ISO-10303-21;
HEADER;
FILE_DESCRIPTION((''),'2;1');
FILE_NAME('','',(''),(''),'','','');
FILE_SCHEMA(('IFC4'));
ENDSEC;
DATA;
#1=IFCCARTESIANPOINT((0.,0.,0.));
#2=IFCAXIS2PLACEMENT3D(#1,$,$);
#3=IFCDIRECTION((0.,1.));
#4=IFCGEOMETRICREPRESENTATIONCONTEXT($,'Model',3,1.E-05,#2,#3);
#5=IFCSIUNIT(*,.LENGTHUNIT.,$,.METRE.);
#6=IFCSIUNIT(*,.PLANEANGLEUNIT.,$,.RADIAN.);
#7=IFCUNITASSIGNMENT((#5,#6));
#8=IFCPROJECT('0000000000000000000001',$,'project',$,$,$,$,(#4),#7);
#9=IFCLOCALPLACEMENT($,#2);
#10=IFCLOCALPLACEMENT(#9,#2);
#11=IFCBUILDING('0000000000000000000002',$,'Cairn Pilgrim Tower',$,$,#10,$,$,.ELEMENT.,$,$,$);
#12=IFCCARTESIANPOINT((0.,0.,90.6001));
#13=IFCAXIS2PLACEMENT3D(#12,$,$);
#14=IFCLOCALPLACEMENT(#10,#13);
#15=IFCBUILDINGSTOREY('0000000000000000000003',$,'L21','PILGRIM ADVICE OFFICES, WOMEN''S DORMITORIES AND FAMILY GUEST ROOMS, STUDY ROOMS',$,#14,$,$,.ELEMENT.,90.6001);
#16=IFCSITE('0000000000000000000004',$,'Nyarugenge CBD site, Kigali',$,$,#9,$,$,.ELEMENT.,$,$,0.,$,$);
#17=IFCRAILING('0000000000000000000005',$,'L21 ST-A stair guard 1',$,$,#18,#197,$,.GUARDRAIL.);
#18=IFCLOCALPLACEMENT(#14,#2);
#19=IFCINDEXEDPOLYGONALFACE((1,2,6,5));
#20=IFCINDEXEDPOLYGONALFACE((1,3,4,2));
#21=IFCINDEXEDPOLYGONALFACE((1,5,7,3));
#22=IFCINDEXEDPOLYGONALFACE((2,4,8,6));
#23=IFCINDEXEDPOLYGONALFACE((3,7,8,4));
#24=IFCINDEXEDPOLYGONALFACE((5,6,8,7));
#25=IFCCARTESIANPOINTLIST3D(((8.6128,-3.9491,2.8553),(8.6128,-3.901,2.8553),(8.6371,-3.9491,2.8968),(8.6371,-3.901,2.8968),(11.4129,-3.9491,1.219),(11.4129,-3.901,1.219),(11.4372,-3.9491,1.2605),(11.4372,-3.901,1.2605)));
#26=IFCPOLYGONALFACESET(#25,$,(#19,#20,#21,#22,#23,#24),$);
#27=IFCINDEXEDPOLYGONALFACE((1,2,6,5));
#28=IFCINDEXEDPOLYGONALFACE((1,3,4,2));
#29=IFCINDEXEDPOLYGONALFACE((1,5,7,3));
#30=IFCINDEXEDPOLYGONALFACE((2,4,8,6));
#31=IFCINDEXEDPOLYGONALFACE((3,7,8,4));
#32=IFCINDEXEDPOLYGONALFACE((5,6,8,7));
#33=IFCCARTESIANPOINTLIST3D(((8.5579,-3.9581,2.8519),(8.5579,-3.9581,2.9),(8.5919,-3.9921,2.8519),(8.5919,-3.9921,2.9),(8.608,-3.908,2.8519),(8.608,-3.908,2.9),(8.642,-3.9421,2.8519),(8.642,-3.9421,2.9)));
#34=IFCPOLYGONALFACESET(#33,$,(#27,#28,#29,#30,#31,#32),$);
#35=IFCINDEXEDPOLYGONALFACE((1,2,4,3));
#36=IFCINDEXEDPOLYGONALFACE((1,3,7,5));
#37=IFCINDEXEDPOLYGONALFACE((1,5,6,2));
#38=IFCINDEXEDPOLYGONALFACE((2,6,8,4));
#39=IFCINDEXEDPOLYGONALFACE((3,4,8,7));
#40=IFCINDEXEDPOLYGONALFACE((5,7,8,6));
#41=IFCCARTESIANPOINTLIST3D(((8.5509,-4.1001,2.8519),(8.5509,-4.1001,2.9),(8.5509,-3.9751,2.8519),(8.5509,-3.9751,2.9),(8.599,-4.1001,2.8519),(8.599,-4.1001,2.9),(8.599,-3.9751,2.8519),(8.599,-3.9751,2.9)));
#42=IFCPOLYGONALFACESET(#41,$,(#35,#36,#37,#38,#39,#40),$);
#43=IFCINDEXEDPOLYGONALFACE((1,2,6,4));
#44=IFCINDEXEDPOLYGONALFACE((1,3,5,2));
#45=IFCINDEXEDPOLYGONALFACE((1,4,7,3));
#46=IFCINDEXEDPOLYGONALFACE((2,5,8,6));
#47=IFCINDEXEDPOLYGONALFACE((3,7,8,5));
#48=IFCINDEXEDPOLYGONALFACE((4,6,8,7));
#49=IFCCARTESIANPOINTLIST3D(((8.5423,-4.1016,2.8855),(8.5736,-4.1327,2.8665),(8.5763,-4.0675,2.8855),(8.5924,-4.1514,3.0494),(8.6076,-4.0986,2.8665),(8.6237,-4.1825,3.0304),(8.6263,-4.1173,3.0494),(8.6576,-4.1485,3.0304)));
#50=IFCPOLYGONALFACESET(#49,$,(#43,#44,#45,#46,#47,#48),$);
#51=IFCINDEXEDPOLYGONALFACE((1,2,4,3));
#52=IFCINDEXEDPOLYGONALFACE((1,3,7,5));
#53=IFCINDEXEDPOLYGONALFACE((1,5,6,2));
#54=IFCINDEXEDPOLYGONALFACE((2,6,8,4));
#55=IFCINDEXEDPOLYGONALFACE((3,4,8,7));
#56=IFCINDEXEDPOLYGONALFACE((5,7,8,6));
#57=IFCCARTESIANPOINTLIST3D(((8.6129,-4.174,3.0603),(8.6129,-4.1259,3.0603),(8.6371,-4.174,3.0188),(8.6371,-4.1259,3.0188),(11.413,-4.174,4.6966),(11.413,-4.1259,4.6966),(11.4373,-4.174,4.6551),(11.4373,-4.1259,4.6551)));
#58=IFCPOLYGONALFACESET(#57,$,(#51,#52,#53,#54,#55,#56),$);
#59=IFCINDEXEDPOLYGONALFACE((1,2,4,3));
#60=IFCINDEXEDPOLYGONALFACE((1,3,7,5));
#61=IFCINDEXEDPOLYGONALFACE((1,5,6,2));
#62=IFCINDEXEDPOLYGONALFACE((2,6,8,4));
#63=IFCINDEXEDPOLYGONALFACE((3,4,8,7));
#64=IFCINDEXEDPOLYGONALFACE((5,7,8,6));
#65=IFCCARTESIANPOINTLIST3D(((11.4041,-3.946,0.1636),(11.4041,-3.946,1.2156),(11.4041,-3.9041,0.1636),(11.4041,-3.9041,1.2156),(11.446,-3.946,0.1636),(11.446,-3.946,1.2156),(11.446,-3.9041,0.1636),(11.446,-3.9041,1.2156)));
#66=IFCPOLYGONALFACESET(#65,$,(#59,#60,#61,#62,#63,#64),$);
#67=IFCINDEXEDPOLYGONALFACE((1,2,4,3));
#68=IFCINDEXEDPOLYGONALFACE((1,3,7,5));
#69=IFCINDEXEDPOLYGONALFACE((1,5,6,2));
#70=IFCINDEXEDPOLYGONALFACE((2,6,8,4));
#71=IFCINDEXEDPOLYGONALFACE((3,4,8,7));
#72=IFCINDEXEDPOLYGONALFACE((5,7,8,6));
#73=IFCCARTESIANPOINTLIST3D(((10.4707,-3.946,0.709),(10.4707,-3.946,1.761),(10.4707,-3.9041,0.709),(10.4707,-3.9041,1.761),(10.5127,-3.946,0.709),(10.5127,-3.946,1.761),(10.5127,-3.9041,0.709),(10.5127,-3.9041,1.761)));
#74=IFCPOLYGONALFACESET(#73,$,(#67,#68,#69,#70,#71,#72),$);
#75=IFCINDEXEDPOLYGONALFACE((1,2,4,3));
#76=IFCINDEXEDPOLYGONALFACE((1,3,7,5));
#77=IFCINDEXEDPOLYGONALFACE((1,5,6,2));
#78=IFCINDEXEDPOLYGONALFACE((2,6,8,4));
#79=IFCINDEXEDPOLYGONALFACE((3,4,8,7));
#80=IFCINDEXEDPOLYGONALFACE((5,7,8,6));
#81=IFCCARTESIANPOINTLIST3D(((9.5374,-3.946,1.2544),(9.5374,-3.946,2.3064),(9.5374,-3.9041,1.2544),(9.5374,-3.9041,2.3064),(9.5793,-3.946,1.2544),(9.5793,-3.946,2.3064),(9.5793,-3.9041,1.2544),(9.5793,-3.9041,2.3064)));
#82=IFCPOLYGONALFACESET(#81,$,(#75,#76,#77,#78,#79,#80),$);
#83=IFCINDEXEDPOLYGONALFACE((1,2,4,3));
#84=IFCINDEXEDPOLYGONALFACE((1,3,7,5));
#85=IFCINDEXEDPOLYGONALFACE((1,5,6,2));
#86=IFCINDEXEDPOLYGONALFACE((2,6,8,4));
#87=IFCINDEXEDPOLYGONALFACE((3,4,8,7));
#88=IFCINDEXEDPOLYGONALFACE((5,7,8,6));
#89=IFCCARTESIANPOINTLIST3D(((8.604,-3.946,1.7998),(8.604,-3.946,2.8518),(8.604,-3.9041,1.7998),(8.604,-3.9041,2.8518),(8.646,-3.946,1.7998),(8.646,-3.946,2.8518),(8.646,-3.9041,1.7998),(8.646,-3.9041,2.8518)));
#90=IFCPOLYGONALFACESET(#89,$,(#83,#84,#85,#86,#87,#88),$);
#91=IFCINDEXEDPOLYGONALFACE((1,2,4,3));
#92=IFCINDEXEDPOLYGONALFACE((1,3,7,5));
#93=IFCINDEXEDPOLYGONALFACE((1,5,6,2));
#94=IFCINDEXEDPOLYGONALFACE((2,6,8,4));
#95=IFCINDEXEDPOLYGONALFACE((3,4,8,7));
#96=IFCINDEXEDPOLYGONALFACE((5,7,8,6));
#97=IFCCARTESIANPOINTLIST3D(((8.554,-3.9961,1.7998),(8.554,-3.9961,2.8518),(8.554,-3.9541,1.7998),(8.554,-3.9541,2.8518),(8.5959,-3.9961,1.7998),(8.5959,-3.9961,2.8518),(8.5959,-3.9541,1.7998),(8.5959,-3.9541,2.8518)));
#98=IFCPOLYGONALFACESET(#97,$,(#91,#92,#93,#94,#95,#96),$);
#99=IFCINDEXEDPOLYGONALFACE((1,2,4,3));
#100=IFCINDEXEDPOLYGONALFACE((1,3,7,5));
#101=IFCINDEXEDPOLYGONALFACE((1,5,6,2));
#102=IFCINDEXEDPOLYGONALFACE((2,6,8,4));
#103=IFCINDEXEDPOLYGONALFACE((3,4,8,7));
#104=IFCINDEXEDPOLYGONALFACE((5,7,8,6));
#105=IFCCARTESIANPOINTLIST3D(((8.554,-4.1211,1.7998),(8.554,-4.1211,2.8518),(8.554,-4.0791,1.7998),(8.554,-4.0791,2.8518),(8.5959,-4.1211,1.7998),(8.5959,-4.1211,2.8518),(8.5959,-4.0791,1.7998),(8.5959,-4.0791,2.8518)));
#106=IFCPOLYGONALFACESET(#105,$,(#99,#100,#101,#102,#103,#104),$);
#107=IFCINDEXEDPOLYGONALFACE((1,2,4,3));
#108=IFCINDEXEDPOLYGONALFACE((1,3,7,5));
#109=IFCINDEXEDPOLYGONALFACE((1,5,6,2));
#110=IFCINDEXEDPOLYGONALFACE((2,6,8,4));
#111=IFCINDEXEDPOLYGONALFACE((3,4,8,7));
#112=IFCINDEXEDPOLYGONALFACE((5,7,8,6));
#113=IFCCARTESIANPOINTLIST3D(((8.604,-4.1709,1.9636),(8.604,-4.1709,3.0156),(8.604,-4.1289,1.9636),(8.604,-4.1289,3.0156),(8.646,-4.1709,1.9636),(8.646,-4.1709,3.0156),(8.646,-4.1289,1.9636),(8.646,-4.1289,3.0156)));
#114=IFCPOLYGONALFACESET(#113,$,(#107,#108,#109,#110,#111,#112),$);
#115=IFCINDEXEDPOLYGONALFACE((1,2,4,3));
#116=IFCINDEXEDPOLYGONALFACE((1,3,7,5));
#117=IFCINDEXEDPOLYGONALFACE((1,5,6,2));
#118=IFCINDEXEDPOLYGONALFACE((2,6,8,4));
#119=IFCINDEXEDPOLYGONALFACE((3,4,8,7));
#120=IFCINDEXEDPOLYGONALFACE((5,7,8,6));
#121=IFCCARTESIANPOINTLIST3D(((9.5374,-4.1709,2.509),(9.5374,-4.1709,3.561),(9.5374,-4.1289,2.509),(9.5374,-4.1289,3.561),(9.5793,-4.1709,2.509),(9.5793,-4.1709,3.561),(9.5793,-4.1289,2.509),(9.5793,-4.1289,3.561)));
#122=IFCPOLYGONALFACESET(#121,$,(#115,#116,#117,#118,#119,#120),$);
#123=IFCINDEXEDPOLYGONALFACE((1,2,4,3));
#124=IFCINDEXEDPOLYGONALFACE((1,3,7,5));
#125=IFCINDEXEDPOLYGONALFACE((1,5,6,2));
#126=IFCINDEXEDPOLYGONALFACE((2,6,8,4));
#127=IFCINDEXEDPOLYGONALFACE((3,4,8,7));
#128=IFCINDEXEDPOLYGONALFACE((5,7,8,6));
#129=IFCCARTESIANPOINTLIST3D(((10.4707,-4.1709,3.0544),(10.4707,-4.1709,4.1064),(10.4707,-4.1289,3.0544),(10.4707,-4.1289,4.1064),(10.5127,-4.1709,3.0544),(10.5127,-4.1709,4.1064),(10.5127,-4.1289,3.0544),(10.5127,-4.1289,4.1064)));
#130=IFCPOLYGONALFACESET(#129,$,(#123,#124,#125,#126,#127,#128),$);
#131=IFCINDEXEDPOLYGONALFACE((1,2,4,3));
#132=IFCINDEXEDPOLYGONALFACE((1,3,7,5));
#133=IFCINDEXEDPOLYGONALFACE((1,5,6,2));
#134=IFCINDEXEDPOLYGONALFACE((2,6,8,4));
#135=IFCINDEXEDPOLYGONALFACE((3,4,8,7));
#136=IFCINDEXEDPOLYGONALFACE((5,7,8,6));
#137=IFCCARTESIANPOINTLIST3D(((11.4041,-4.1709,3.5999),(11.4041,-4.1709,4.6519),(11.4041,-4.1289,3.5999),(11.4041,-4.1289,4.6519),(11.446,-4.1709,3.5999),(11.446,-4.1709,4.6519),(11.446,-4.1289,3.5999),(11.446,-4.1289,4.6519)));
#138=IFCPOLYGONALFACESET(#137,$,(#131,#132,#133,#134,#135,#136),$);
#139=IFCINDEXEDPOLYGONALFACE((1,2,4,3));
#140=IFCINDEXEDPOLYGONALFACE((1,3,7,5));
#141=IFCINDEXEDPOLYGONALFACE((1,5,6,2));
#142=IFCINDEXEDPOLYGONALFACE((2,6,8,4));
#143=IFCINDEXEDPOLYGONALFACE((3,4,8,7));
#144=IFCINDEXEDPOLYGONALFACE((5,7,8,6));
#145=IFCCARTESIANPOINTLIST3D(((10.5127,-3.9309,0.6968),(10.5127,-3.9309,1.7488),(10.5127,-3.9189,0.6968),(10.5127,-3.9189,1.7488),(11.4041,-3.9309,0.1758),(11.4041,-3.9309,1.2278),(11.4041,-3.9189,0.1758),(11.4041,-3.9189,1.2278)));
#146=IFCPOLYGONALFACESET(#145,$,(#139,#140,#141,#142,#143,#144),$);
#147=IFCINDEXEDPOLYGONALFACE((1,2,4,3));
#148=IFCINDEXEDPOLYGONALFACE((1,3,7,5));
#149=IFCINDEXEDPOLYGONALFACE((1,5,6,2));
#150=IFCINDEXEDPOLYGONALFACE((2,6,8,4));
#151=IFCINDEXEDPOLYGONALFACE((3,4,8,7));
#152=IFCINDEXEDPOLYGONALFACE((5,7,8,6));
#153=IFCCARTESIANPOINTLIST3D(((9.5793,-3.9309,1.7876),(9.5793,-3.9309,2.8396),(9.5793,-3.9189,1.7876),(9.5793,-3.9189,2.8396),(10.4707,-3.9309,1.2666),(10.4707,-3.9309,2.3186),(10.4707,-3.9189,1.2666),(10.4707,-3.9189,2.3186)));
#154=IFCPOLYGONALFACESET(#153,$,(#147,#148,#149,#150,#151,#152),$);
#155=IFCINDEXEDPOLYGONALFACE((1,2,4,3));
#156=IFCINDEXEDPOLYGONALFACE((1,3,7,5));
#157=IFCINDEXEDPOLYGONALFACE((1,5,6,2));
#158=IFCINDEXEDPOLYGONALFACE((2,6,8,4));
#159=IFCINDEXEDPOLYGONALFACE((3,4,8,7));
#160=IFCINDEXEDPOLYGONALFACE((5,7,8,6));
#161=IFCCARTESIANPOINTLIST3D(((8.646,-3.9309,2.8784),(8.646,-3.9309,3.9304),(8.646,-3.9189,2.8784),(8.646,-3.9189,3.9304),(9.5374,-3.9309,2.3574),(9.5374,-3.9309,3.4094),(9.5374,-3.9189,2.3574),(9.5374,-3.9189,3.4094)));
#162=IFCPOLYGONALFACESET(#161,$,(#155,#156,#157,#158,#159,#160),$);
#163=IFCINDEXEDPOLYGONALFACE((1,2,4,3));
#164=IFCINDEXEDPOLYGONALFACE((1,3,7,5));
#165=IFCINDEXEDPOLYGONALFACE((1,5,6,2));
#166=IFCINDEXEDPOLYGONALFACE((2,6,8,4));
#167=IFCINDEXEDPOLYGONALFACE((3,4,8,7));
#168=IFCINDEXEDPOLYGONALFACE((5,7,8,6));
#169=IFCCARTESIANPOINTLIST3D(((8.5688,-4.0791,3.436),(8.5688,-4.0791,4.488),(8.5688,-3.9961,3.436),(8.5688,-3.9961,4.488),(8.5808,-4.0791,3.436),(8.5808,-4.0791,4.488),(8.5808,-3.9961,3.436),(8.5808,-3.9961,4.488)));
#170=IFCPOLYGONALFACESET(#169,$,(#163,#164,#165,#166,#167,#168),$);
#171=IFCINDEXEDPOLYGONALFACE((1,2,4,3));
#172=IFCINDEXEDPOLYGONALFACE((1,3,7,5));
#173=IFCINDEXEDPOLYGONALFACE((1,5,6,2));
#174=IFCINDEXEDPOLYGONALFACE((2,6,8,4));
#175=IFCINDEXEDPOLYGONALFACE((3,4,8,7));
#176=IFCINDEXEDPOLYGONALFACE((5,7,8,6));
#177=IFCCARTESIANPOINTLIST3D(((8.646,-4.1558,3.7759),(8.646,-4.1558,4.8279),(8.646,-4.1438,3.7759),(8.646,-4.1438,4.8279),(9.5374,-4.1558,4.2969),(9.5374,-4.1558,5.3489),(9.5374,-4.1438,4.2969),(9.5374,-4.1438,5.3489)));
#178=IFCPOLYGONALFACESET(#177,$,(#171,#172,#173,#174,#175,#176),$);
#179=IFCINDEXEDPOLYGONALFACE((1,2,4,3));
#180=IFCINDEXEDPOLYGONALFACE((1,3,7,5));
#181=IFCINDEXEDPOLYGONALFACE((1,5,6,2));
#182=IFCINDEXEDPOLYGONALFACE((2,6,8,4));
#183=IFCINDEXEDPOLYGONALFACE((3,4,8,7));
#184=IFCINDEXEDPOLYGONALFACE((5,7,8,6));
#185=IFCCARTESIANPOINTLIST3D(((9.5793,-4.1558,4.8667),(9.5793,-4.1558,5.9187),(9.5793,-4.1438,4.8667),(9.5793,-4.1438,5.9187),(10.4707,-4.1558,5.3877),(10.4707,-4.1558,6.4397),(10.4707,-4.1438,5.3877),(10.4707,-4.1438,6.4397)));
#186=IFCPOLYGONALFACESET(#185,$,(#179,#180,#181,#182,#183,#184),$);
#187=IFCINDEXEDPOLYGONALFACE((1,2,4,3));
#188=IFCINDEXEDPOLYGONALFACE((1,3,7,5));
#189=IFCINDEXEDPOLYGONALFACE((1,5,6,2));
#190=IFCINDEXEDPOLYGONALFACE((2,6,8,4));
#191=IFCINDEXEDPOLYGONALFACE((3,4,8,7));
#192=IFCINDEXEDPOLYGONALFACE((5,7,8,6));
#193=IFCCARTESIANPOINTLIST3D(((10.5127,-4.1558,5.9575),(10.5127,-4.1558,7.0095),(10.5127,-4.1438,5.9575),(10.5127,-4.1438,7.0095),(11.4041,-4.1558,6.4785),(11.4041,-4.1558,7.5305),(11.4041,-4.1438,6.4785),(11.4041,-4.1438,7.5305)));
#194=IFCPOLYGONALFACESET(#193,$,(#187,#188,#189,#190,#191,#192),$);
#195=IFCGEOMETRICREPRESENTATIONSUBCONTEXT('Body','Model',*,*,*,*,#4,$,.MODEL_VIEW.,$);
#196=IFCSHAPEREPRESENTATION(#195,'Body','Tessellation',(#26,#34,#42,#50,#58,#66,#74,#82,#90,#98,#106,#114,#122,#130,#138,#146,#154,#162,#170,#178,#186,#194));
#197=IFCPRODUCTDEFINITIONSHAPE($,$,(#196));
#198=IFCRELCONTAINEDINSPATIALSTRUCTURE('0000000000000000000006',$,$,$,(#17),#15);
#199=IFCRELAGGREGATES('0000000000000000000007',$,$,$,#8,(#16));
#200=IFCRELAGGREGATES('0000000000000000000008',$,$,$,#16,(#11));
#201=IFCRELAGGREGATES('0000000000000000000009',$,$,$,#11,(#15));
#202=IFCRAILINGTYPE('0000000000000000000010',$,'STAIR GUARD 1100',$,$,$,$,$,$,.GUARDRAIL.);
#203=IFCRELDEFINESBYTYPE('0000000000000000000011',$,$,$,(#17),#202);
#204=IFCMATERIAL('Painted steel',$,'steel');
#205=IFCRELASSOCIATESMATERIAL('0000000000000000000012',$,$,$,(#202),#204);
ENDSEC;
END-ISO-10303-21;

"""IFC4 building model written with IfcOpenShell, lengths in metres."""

from ifc_helpers import new_model, si_unit, direction, frame, origin, origin_2d, place, context, subcontext, project, spatial, polyline, rectangle, outline, extrude, material, type_object, element, save


model = new_model("IFC4")

# Units and contexts
model_context = context("Model", 3, precision=1e-05, world=origin(), true_north=direction((0.0, 1.0)))
body_context = subcontext(model_context, "Body", "Model", "MODEL_VIEW")
ifc_project = project(units=[si_unit("LENGTHUNIT", "METRE"), si_unit("PLANEANGLEUNIT", "RADIAN")], contexts=[model_context])

# Site, building, storey
site_placement = place(None, origin())
site = spatial("IfcSite", under=ifc_project, at=site_placement, Name="Nyarugenge CBD site, Kigali", CompositionType="ELEMENT", RefElevation=0.0)
building_placement = place(site_placement, origin())
building = spatial("IfcBuilding", under=site, at=building_placement, Name="Cairn Pilgrim Tower", CompositionType="ELEMENT")
storey_placement = place(building_placement, frame((0.0, 0.0, 90.6001)))
storey = spatial("IfcBuildingStorey", under=building, at=storey_placement, Name="L21", Description="PILGRIM ADVICE OFFICES, WOMEN'S DORMITORIES AND FAMILY GUEST ROOMS, STUDY ROOMS", CompositionType="ELEMENT", Elevation=90.6001)

# Shared definitions
ifc_material_1 = material(Name="Painted steel", Category="steel")

# Railing
railing_type_1 = type_object("IfcRailingType", Name="STAIR GUARD 1100", PredefinedType="GUARDRAIL", material=ifc_material_1)
railing_1_placement = place(storey_placement, frame((11.425, -3.925, 0.1636)))
element("IfcRailing", 1, at=railing_1_placement, inside=storey, type_object=railing_type_1, Name="L21 ST-A stair guard 1", PredefinedType="GUARDRAIL", context=body_context, shape_type="SweptSolid", body=[
    extrude(rectangle(XDim=0.0481, YDim=0.0481, at=origin_2d()), frame((0.0, 0.0, 1.0762), z_axis=(-0.863394, 0.0, 0.504531), x_axis=(0.0, -1.0, 0.0)), (0.0, 0.0, 1.0), 3.2432),
    extrude(rectangle(XDim=0.0481, YDim=0.0481, at=origin_2d()), frame((-2.8, 0.0, 2.7124), z_axis=(-0.707107, -0.707107, 0.0), x_axis=(0.707107, -0.707107, 0.0)), (0.0, 0.0, 1.0), 0.0708),
    extrude(rectangle(XDim=0.0481, YDim=0.0481, at=origin_2d()), frame((-2.8501, -0.05, 2.7124), z_axis=(0.0, -1.0, 0.0), x_axis=(1.0, 0.0, 0.0)), (0.0, 0.0, 1.0), 0.125),
    extrude(rectangle(XDim=0.0481, YDim=0.0481, at=origin_2d()), frame((-2.8501, -0.175, 2.7124), z_axis=(0.280564, -0.279195, 0.918332), x_axis=(0.705376, 0.708834, 0.0)), (0.0, 0.0, 1.0), 0.1785),
    extrude(rectangle(XDim=0.0481, YDim=0.0481, at=origin_2d()), frame((-2.8, -0.2249, 2.876), z_axis=(0.863394, 0.0, 0.504531), x_axis=(0.0, 1.0, 0.0)), (0.0, 0.0, 1.0), 3.2432),
    extrude(rectangle(XDim=0.042, YDim=0.042, at=origin_2d()), origin(), (0.0, 0.0, 1.0), 1.052),
    extrude(rectangle(XDim=0.042, YDim=0.042, at=origin_2d()), frame((-0.9333, 0.0, 0.5454)), (0.0, 0.0, 1.0), 1.052),
    extrude(rectangle(XDim=0.042, YDim=0.042, at=origin_2d()), frame((-1.8667, 0.0, 1.0908)), (0.0, 0.0, 1.0), 1.052),
    extrude(rectangle(XDim=0.042, YDim=0.042, at=origin_2d()), frame((-2.8, 0.0, 1.6362)), (0.0, 0.0, 1.0), 1.052),
    extrude(rectangle(XDim=0.042, YDim=0.042, at=origin_2d()), frame((-2.8501, -0.05, 1.6362)), (0.0, 0.0, 1.0), 1.052),
    extrude(rectangle(XDim=0.042, YDim=0.042, at=origin_2d()), frame((-2.8501, -0.175, 1.6362)), (0.0, 0.0, 1.0), 1.052),
    extrude(rectangle(XDim=0.042, YDim=0.042, at=origin_2d()), frame((-2.8, -0.2249, 1.8)), (0.0, 0.0, 1.0), 1.052),
    extrude(rectangle(XDim=0.042, YDim=0.042, at=origin_2d()), frame((-1.8667, -0.2249, 2.3455)), (0.0, 0.0, 1.0), 1.052),
    extrude(rectangle(XDim=0.042, YDim=0.042, at=origin_2d()), frame((-0.9333, -0.2249, 2.8909)), (0.0, 0.0, 1.0), 1.052),
    extrude(rectangle(XDim=0.042, YDim=0.042, at=origin_2d()), frame((0.0, -0.2249, 3.4363)), (0.0, 0.0, 1.0), 1.052),
    extrude(outline(polyline([(0.021, 0.0122), (0.9124, 0.5332), (0.9124, 1.5852), (0.021, 1.0642), (0.021, 0.0122)])), frame((0.0, -0.0059, 0.0), z_axis=(0.0, 1.0, 0.0), x_axis=(-1.0, 0.0, 0.0)), (0.0, 0.0, 1.0), 0.012),
    extrude(outline(polyline([(0.021, 0.5576), (0.9124, 1.0786), (0.9124, 2.1306), (0.021, 1.6096), (0.021, 0.5576)])), frame((-0.9333, -0.0059, 0.5454), z_axis=(0.0, 1.0, 0.0), x_axis=(-1.0, 0.0, 0.0)), (0.0, 0.0, 1.0), 0.012),
    extrude(outline(polyline([(0.021, 1.103), (0.9124, 1.624), (0.9124, 2.676), (0.021, 2.155), (0.021, 1.103)])), frame((-1.8667, -0.0059, 1.0908), z_axis=(0.0, 1.0, 0.0), x_axis=(-1.0, 0.0, 0.0)), (0.0, 0.0, 1.0), 0.012),
    extrude(outline(polyline([(0.021, 1.6362), (0.104, 1.6362), (0.104, 2.6882), (0.021, 2.6882), (0.021, 1.6362)])), frame((-2.8442, -0.05, 1.6362), z_axis=(-1.0, 0.0, 0.0), x_axis=(0.0, -1.0, 0.0)), (0.0, 0.0, 1.0), 0.012),
    extrude(outline(polyline([(0.021, 1.8123), (0.9124, 2.3333), (0.9124, 3.3853), (0.021, 2.8643), (0.021, 1.8123)])), frame((-2.8, -0.2188, 1.8), z_axis=(0.0, -1.0, 0.0), x_axis=(1.0, 0.0, 0.0)), (0.0, 0.0, 1.0), 0.012),
    extrude(outline(polyline([(0.021, 2.3577), (0.9124, 2.8787), (0.9124, 3.9307), (0.021, 3.4097), (0.021, 2.3577)])), frame((-1.8667, -0.2188, 2.3455), z_axis=(0.0, -1.0, 0.0), x_axis=(1.0, 0.0, 0.0)), (0.0, 0.0, 1.0), 0.012),
    extrude(outline(polyline([(0.021, 2.9031), (0.9124, 3.4241), (0.9124, 4.4761), (0.021, 3.9551), (0.021, 2.9031)])), frame((-0.9333, -0.2188, 2.8909), z_axis=(0.0, -1.0, 0.0), x_axis=(1.0, 0.0, 0.0)), (0.0, 0.0, 1.0), 0.012),
])

save(model, "model.ifc")
